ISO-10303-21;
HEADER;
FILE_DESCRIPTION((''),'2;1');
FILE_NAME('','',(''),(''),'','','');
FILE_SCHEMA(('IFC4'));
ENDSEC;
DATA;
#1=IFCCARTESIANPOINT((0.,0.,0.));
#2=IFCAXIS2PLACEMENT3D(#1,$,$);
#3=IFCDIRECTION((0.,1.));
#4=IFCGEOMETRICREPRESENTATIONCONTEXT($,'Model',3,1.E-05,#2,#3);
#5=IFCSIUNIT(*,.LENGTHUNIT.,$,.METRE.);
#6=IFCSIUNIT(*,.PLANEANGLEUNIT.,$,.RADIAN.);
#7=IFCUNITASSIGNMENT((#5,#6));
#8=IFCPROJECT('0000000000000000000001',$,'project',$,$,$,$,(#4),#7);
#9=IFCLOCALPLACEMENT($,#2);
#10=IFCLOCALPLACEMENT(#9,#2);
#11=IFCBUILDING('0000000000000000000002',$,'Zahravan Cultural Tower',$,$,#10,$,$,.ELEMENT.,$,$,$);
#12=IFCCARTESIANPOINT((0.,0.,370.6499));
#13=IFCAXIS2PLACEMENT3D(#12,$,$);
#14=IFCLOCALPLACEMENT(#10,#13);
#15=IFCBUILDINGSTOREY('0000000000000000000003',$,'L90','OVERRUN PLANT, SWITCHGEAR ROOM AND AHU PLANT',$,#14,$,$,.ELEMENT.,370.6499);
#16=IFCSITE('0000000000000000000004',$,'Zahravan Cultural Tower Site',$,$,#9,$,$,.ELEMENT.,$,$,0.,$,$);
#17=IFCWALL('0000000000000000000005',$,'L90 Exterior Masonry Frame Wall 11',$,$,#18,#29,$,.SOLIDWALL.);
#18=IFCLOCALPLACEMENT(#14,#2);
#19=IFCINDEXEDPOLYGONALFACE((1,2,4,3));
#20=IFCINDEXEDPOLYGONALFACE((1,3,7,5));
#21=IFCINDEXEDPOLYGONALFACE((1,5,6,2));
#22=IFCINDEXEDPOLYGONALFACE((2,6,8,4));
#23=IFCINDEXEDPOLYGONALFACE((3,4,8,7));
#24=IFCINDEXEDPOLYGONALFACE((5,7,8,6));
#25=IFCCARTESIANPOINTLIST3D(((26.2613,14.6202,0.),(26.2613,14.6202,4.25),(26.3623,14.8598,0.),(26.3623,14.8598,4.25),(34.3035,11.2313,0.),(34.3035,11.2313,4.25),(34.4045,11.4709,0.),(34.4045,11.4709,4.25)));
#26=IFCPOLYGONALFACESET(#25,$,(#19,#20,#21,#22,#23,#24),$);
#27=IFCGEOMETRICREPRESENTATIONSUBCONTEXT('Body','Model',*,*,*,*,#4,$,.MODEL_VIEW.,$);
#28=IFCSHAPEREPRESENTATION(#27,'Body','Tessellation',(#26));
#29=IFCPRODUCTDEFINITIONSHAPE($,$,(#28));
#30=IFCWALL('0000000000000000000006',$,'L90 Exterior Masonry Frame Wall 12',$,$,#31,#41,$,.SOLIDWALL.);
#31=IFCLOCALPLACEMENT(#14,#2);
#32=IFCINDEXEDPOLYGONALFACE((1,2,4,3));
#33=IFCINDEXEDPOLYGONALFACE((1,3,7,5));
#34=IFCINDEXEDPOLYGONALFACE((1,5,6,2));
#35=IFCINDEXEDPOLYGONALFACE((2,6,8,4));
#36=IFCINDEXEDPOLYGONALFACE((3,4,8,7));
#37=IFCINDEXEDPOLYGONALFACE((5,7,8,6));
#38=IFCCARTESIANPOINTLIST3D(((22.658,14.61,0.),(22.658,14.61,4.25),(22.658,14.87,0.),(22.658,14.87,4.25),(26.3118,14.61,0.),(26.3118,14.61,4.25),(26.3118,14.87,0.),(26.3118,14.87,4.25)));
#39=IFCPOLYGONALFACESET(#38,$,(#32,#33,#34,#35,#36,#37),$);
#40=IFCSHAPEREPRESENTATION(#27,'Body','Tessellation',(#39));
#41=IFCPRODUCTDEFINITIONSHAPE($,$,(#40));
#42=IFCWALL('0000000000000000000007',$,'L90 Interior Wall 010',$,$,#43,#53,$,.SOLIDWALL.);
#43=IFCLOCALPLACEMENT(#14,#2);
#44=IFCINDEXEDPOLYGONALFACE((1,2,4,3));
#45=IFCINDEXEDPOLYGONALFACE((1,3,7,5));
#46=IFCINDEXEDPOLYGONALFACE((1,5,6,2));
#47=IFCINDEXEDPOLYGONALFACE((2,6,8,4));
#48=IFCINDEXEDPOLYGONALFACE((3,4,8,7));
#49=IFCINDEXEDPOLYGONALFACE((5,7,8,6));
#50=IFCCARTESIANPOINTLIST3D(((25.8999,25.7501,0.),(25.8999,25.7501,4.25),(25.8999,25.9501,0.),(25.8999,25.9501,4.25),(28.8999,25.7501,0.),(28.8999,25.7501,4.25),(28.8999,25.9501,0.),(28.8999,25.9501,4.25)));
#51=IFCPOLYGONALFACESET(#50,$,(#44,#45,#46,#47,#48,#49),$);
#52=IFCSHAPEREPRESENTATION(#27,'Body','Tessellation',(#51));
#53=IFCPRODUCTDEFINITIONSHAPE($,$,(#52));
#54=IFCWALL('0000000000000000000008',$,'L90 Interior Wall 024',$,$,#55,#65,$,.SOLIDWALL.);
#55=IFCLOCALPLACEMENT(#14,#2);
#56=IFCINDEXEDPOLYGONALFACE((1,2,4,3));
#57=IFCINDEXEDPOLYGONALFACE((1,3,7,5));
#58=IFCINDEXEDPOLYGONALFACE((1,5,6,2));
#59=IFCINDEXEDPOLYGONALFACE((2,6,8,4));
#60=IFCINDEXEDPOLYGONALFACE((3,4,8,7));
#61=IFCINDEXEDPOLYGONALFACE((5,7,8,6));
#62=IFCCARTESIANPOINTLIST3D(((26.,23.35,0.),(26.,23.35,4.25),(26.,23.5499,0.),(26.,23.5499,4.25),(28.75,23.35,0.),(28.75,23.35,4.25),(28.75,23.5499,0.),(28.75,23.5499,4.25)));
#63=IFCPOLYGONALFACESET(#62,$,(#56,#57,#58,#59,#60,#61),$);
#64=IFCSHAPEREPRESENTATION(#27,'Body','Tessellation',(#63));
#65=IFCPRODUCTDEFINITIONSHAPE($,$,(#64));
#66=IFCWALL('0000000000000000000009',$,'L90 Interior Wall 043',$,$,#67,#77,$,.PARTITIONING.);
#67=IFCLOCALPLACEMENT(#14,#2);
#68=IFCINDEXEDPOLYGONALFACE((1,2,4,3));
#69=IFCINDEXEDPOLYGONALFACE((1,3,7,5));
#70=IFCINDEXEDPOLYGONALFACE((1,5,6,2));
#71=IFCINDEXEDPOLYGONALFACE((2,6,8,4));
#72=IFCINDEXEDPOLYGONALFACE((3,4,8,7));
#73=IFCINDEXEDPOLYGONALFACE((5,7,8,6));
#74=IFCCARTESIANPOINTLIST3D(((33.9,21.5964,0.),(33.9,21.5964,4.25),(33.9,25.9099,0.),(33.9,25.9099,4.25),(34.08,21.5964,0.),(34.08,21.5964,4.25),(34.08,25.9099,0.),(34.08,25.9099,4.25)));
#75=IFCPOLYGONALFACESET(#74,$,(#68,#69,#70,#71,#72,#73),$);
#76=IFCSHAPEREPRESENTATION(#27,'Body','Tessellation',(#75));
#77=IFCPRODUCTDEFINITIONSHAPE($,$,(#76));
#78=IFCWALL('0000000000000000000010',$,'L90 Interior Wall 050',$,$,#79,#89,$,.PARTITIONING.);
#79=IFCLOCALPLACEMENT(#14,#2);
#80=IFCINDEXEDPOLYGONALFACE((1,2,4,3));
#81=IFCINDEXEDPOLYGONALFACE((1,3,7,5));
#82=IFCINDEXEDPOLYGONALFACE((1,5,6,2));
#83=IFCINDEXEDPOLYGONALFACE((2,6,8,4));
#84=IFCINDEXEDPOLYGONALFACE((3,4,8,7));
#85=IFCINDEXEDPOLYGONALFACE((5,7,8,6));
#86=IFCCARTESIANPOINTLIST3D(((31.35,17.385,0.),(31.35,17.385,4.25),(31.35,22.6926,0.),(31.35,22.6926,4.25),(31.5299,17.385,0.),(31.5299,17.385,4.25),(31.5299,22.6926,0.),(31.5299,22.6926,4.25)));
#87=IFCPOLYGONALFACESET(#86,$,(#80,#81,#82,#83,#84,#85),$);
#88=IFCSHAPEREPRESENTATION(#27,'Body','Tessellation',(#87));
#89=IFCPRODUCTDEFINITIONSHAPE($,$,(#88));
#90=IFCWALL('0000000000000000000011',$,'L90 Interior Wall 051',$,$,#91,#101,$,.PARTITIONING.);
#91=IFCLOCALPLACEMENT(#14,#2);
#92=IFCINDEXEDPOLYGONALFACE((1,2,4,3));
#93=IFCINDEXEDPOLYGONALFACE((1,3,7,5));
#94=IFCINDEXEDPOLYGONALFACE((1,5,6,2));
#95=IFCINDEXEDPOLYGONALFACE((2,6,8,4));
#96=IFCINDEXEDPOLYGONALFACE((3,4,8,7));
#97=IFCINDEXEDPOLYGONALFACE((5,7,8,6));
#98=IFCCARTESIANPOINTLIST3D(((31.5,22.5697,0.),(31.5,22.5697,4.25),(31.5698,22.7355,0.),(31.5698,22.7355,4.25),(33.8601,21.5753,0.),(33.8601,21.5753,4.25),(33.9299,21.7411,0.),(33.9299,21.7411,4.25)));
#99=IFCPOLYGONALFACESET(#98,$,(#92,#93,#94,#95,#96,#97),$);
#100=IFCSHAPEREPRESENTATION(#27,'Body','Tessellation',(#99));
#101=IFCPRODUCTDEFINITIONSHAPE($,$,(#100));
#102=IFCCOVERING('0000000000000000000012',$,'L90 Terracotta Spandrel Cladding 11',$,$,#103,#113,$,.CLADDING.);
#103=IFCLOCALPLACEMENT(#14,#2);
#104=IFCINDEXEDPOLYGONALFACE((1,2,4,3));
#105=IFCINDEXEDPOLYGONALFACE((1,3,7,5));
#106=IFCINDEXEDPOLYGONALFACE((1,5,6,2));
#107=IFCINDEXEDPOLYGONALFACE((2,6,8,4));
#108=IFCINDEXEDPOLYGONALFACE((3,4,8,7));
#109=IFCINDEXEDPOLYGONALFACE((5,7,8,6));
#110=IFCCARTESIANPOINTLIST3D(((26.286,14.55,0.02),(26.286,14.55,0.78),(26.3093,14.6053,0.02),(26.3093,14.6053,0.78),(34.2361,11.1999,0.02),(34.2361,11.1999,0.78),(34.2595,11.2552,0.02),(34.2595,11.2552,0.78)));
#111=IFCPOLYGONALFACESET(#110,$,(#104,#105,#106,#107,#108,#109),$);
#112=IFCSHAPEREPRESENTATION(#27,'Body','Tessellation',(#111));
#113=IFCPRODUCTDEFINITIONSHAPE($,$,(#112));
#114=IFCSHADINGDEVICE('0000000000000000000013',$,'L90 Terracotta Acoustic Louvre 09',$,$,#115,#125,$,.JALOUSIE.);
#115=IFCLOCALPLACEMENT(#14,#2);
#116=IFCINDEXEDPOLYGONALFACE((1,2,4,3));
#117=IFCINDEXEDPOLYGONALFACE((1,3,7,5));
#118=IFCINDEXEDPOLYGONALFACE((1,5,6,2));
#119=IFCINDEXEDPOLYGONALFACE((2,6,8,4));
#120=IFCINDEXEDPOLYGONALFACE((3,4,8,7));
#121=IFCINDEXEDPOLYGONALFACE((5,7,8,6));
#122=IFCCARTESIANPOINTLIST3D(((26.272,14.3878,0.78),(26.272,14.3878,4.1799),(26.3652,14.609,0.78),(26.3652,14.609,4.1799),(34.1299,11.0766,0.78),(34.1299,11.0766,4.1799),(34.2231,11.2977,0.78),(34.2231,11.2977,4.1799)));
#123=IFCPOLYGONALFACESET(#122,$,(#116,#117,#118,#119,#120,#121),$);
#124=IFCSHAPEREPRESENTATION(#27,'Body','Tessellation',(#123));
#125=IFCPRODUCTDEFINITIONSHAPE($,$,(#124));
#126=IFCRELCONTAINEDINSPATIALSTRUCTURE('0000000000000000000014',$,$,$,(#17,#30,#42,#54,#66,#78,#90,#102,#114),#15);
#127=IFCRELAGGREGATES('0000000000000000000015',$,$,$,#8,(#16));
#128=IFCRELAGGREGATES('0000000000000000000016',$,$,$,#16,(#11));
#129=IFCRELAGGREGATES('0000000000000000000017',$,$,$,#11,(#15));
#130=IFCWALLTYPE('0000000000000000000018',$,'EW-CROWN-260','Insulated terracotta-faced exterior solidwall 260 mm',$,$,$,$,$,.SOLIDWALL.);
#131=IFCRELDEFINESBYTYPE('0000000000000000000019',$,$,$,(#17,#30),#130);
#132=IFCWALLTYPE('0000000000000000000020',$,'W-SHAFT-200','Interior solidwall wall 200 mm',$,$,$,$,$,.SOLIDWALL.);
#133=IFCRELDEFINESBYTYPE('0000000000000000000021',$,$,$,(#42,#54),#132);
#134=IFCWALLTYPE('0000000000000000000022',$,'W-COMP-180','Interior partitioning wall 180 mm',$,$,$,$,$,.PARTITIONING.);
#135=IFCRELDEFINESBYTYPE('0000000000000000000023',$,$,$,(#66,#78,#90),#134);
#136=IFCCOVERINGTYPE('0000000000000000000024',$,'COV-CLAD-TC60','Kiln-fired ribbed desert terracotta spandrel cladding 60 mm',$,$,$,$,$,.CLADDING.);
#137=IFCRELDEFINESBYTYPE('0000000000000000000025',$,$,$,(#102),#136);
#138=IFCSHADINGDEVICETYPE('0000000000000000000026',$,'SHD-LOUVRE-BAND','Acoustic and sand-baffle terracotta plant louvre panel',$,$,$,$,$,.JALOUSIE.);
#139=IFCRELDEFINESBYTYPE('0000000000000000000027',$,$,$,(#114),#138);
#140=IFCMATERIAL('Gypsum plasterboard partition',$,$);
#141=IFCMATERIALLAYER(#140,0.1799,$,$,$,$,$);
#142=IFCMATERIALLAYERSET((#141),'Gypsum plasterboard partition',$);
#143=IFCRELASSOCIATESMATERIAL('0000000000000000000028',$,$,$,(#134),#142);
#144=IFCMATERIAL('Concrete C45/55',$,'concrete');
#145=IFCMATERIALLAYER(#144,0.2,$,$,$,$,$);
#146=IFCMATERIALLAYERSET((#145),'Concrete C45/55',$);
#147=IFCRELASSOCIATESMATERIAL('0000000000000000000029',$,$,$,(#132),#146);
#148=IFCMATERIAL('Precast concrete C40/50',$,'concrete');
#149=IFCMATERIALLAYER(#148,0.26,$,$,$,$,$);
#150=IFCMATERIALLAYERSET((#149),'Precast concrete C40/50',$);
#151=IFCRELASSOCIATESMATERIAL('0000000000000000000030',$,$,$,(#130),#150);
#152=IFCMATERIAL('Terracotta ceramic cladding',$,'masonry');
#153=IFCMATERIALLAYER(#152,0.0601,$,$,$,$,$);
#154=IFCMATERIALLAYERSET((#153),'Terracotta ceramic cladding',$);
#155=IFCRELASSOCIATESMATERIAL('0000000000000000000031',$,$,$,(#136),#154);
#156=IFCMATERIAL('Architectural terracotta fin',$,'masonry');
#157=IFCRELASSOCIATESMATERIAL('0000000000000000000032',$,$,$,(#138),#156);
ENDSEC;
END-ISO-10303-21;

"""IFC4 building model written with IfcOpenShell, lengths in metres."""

from ifc_helpers import new_model, si_unit, direction, frame, frame_2d, origin, origin_2d, place, context, subcontext, project, spatial, rectangle, extrude, source, transform, mapped, material, layer, layer_set, type_object, element, save


model = new_model("IFC4")

# Units and contexts
model_context = context("Model", 3, precision=1e-05, world=origin(), true_north=direction((0.0, 1.0)))
body_context = subcontext(model_context, "Body", "Model", "MODEL_VIEW")
ifc_project = project(units=[si_unit("LENGTHUNIT", "METRE"), si_unit("PLANEANGLEUNIT", "RADIAN")], contexts=[model_context])

# Site, building, storey
site_placement = place(None, origin())
site = spatial("IfcSite", under=ifc_project, at=site_placement, Name="Zahravan Cultural Tower Site", CompositionType="ELEMENT", RefElevation=0.0)
building_placement = place(site_placement, origin())
building = spatial("IfcBuilding", under=site, at=building_placement, Name="Zahravan Cultural Tower", CompositionType="ELEMENT")
storey_placement = place(building_placement, frame((0.0, 0.0, 370.6499)))
storey = spatial("IfcBuildingStorey", under=building, at=storey_placement, Name="L90", Description="OVERRUN PLANT, SWITCHGEAR ROOM AND AHU PLANT", CompositionType="ELEMENT", Elevation=370.6499)

# Shared definitions
ifc_material_1 = material(Name="Concrete C45/55", Category="concrete")

# Shared definitions
ifc_material_2 = material(Name="Gypsum plasterboard partition")
ifc_layer_1 = layer(ifc_material_2, 0.1799)
ifc_layer_set_1 = layer_set([ifc_layer_1], Name="Gypsum plasterboard partition")
wall_type_1 = type_object("IfcWallType", Name="W-COMP-180", Description="Interior partitioning wall 180 mm", PredefinedType="PARTITIONING", material=ifc_layer_set_1)

# Shared definitions
ifc_layer_2 = layer(ifc_material_1, 0.2)
ifc_layer_set_2 = layer_set([ifc_layer_2], Name="Concrete C45/55")
wall_type_2 = type_object("IfcWallType", Name="W-SHAFT-200", Description="Interior solidwall wall 200 mm", PredefinedType="SOLIDWALL", material=ifc_layer_set_2)

# Walls
ifc_material_3 = material(Name="Precast concrete C40/50", Category="concrete")
ifc_layer_3 = layer(ifc_material_3, 0.26)
ifc_layer_set_3 = layer_set([ifc_layer_3], Name="Precast concrete C40/50")
wall_type_3 = type_object("IfcWallType", Name="EW-CROWN-260", Description="Insulated terracotta-faced exterior solidwall 260 mm", PredefinedType="SOLIDWALL", material=ifc_layer_set_3)
shared_shape_1 = source(origin(), body_context, "Body", "SweptSolid", [
    extrude(rectangle(XDim=8.7271, YDim=0.26, at=frame_2d((4.3635, 0.0))), origin(), (0.0, 0.0, 1.0), 4.25),
])
wall_1_placement = place(storey_placement, frame((34.354, 11.3511, 0.0), z_axis=(0.0, 0.0, 1.0), x_axis=(-0.921524, 0.388321, 0.0)))
element("IfcWall", 1, at=wall_1_placement, inside=storey, type_object=wall_type_3, Name="L90 Exterior Masonry Frame Wall 11", PredefinedType="SOLIDWALL", context=body_context, shape_type="MappedRepresentation", body=[
    mapped(shared_shape_1, transform((0.0, 0.0, 0.0), x_axis=(1.0, 0.0, 0.0), y_axis=(0.0, 1.0, 0.0), z_axis=(0.0, 0.0, 1.0), scale=1.0)),
])
shared_shape_2 = source(origin(), body_context, "Body", "SweptSolid", [
    extrude(rectangle(XDim=3.6538, YDim=0.26, at=frame_2d((1.8269, 0.0))), origin(), (0.0, 0.0, 1.0), 4.25),
])
wall_2_placement = place(storey_placement, frame((26.3118, 14.74, 0.0), z_axis=(0.0, 0.0, 1.0), x_axis=(-1.0, 0.0, 0.0)))
element("IfcWall", 2, at=wall_2_placement, inside=storey, type_object=wall_type_3, Name="L90 Exterior Masonry Frame Wall 12", PredefinedType="SOLIDWALL", context=body_context, shape_type="MappedRepresentation", body=[
    mapped(shared_shape_2, transform((0.0, 0.0, 0.0), x_axis=(1.0, 0.0, 0.0), y_axis=(0.0, 1.0, 0.0), z_axis=(0.0, 0.0, 1.0), scale=1.0)),
])
shared_shape_3 = source(origin(), body_context, "Body", "SweptSolid", [
    extrude(rectangle(XDim=3.0, YDim=0.2, at=frame_2d((1.5, 0.0))), origin(), (0.0, 0.0, 1.0), 4.25),
])
wall_3_placement = place(storey_placement, frame((25.8999, 25.8501, 0.0), z_axis=(0.0, 0.0, 1.0), x_axis=(1.0, 0.0, 0.0)))
element("IfcWall", 3, at=wall_3_placement, inside=storey, type_object=wall_type_2, Name="L90 Interior Wall 010", PredefinedType="SOLIDWALL", context=body_context, shape_type="MappedRepresentation", body=[
    mapped(shared_shape_3, transform((0.0, 0.0, 0.0), x_axis=(1.0, 0.0, 0.0), y_axis=(0.0, 1.0, 0.0), z_axis=(0.0, 0.0, 1.0), scale=1.0)),
])
shared_shape_4 = source(origin(), body_context, "Body", "SweptSolid", [
    extrude(rectangle(XDim=2.75, YDim=0.2, at=frame_2d((1.375, 0.0))), origin(), (0.0, 0.0, 1.0), 4.25),
])
wall_4_placement = place(storey_placement, frame((26.0, 23.45, 0.0), z_axis=(0.0, 0.0, 1.0), x_axis=(1.0, 0.0, 0.0)))
element("IfcWall", 4, at=wall_4_placement, inside=storey, type_object=wall_type_2, Name="L90 Interior Wall 024", PredefinedType="SOLIDWALL", context=body_context, shape_type="MappedRepresentation", body=[
    mapped(shared_shape_4, transform((0.0, 0.0, 0.0), x_axis=(1.0, 0.0, 0.0), y_axis=(0.0, 1.0, 0.0), z_axis=(0.0, 0.0, 1.0), scale=1.0)),
])
shared_shape_5 = source(origin(), body_context, "Body", "SweptSolid", [
    extrude(rectangle(XDim=4.3135, YDim=0.1799, at=frame_2d((2.1567, 0.0))), origin(), (0.0, 0.0, 1.0), 4.25),
])
wall_5_placement = place(storey_placement, frame((33.99, 21.5964, 0.0), z_axis=(0.0, 0.0, 1.0), x_axis=(0.0, 1.0, 0.0)))
element("IfcWall", 5, at=wall_5_placement, inside=storey, type_object=wall_type_1, Name="L90 Interior Wall 043", PredefinedType="PARTITIONING", context=body_context, shape_type="MappedRepresentation", body=[
    mapped(shared_shape_5, transform((0.0, 0.0, 0.0), x_axis=(1.0, 0.0, 0.0), y_axis=(0.0, 1.0, 0.0), z_axis=(0.0, 0.0, 1.0), scale=1.0)),
])
shared_shape_6 = source(origin(), body_context, "Body", "SweptSolid", [
    extrude(rectangle(XDim=5.3076, YDim=0.1799, at=frame_2d((2.6538, 0.0))), origin(), (0.0, 0.0, 1.0), 4.25),
])
wall_6_placement = place(storey_placement, frame((31.4399, 17.385, 0.0), z_axis=(0.0, 0.0, 1.0), x_axis=(0.0, 1.0, 0.0)))
element("IfcWall", 6, at=wall_6_placement, inside=storey, type_object=wall_type_1, Name="L90 Interior Wall 050", PredefinedType="PARTITIONING", context=body_context, shape_type="MappedRepresentation", body=[
    mapped(shared_shape_6, transform((0.0, 0.0, 0.0), x_axis=(1.0, 0.0, 0.0), y_axis=(0.0, 1.0, 0.0), z_axis=(0.0, 0.0, 1.0), scale=1.0)),
])
shared_shape_7 = source(origin(), body_context, "Body", "SweptSolid", [
    extrude(rectangle(XDim=2.561, YDim=0.1799, at=frame_2d((1.2805, 0.0))), origin(), (0.0, 0.0, 1.0), 4.25),
])
wall_7_placement = place(storey_placement, frame((31.5349, 22.6526, 0.0), z_axis=(0.0, 0.0, 1.0), x_axis=(0.921544, -0.388274, 0.0)))
element("IfcWall", 7, at=wall_7_placement, inside=storey, type_object=wall_type_1, Name="L90 Interior Wall 051", PredefinedType="PARTITIONING", context=body_context, shape_type="MappedRepresentation", body=[
    mapped(shared_shape_7, transform((0.0, 0.0, 0.0), x_axis=(1.0, 0.0, 0.0), y_axis=(0.0, 1.0, 0.0), z_axis=(0.0, 0.0, 1.0), scale=1.0)),
])

# Covering
ifc_material_4 = material(Name="Terracotta ceramic cladding", Category="masonry")
ifc_layer_4 = layer(ifc_material_4, 0.0601)
ifc_layer_set_4 = layer_set([ifc_layer_4], Name="Terracotta ceramic cladding")
covering_type = type_object("IfcCoveringType", Name="COV-CLAD-TC60", Description="Kiln-fired ribbed desert terracotta spandrel cladding 60 mm", PredefinedType="CLADDING", material=ifc_layer_set_4)
shared_shape_8 = source(origin(), body_context, "Body", "SweptSolid", [
    extrude(rectangle(XDim=8.6272, YDim=0.0601, at=origin_2d()), origin(), (0.0, 0.0, 1.0), 0.76),
])
covering_placement = place(storey_placement, frame((30.2727, 12.9026, 0.02), z_axis=(0.0, 0.0, 1.0), x_axis=(-0.921525, 0.38832, 0.0)))
element("IfcCovering", 8, at=covering_placement, inside=storey, type_object=covering_type, Name="L90 Terracotta Spandrel Cladding 11", PredefinedType="CLADDING", context=body_context, shape_type="MappedRepresentation", body=[
    mapped(shared_shape_8, transform((0.0, 0.0, 0.0), x_axis=(1.0, 0.0, 0.0), y_axis=(0.0, 1.0, 0.0), z_axis=(0.0, 0.0, 1.0), scale=1.0)),
])

# Shading device
ifc_material_5 = material(Name="Architectural terracotta fin", Category="masonry")
shading_device_type = type_object("IfcShadingDeviceType", Name="SHD-LOUVRE-BAND", Description="Acoustic and sand-baffle terracotta plant louvre panel", PredefinedType="JALOUSIE", material=ifc_material_5)
shared_shape_9 = source(origin(), body_context, "Body", "SweptSolid", [
    extrude(rectangle(XDim=8.5271, YDim=0.24, at=origin_2d()), origin(), (0.0, 0.0, 1.0), 3.3999),
])
shading_device_placement = place(storey_placement, frame((30.2476, 12.8428, 0.78), z_axis=(0.0, 0.0, 1.0), x_axis=(-0.921525, 0.38832, 0.0)))
element("IfcShadingDevice", 9, at=shading_device_placement, inside=storey, type_object=shading_device_type, Name="L90 Terracotta Acoustic Louvre 09", PredefinedType="JALOUSIE", context=body_context, shape_type="MappedRepresentation", body=[
    mapped(shared_shape_9, transform((0.0, 0.0, 0.0), x_axis=(1.0, 0.0, 0.0), y_axis=(0.0, 1.0, 0.0), z_axis=(0.0, 0.0, 1.0), scale=1.0)),
])

save(model, "model.ifc")
